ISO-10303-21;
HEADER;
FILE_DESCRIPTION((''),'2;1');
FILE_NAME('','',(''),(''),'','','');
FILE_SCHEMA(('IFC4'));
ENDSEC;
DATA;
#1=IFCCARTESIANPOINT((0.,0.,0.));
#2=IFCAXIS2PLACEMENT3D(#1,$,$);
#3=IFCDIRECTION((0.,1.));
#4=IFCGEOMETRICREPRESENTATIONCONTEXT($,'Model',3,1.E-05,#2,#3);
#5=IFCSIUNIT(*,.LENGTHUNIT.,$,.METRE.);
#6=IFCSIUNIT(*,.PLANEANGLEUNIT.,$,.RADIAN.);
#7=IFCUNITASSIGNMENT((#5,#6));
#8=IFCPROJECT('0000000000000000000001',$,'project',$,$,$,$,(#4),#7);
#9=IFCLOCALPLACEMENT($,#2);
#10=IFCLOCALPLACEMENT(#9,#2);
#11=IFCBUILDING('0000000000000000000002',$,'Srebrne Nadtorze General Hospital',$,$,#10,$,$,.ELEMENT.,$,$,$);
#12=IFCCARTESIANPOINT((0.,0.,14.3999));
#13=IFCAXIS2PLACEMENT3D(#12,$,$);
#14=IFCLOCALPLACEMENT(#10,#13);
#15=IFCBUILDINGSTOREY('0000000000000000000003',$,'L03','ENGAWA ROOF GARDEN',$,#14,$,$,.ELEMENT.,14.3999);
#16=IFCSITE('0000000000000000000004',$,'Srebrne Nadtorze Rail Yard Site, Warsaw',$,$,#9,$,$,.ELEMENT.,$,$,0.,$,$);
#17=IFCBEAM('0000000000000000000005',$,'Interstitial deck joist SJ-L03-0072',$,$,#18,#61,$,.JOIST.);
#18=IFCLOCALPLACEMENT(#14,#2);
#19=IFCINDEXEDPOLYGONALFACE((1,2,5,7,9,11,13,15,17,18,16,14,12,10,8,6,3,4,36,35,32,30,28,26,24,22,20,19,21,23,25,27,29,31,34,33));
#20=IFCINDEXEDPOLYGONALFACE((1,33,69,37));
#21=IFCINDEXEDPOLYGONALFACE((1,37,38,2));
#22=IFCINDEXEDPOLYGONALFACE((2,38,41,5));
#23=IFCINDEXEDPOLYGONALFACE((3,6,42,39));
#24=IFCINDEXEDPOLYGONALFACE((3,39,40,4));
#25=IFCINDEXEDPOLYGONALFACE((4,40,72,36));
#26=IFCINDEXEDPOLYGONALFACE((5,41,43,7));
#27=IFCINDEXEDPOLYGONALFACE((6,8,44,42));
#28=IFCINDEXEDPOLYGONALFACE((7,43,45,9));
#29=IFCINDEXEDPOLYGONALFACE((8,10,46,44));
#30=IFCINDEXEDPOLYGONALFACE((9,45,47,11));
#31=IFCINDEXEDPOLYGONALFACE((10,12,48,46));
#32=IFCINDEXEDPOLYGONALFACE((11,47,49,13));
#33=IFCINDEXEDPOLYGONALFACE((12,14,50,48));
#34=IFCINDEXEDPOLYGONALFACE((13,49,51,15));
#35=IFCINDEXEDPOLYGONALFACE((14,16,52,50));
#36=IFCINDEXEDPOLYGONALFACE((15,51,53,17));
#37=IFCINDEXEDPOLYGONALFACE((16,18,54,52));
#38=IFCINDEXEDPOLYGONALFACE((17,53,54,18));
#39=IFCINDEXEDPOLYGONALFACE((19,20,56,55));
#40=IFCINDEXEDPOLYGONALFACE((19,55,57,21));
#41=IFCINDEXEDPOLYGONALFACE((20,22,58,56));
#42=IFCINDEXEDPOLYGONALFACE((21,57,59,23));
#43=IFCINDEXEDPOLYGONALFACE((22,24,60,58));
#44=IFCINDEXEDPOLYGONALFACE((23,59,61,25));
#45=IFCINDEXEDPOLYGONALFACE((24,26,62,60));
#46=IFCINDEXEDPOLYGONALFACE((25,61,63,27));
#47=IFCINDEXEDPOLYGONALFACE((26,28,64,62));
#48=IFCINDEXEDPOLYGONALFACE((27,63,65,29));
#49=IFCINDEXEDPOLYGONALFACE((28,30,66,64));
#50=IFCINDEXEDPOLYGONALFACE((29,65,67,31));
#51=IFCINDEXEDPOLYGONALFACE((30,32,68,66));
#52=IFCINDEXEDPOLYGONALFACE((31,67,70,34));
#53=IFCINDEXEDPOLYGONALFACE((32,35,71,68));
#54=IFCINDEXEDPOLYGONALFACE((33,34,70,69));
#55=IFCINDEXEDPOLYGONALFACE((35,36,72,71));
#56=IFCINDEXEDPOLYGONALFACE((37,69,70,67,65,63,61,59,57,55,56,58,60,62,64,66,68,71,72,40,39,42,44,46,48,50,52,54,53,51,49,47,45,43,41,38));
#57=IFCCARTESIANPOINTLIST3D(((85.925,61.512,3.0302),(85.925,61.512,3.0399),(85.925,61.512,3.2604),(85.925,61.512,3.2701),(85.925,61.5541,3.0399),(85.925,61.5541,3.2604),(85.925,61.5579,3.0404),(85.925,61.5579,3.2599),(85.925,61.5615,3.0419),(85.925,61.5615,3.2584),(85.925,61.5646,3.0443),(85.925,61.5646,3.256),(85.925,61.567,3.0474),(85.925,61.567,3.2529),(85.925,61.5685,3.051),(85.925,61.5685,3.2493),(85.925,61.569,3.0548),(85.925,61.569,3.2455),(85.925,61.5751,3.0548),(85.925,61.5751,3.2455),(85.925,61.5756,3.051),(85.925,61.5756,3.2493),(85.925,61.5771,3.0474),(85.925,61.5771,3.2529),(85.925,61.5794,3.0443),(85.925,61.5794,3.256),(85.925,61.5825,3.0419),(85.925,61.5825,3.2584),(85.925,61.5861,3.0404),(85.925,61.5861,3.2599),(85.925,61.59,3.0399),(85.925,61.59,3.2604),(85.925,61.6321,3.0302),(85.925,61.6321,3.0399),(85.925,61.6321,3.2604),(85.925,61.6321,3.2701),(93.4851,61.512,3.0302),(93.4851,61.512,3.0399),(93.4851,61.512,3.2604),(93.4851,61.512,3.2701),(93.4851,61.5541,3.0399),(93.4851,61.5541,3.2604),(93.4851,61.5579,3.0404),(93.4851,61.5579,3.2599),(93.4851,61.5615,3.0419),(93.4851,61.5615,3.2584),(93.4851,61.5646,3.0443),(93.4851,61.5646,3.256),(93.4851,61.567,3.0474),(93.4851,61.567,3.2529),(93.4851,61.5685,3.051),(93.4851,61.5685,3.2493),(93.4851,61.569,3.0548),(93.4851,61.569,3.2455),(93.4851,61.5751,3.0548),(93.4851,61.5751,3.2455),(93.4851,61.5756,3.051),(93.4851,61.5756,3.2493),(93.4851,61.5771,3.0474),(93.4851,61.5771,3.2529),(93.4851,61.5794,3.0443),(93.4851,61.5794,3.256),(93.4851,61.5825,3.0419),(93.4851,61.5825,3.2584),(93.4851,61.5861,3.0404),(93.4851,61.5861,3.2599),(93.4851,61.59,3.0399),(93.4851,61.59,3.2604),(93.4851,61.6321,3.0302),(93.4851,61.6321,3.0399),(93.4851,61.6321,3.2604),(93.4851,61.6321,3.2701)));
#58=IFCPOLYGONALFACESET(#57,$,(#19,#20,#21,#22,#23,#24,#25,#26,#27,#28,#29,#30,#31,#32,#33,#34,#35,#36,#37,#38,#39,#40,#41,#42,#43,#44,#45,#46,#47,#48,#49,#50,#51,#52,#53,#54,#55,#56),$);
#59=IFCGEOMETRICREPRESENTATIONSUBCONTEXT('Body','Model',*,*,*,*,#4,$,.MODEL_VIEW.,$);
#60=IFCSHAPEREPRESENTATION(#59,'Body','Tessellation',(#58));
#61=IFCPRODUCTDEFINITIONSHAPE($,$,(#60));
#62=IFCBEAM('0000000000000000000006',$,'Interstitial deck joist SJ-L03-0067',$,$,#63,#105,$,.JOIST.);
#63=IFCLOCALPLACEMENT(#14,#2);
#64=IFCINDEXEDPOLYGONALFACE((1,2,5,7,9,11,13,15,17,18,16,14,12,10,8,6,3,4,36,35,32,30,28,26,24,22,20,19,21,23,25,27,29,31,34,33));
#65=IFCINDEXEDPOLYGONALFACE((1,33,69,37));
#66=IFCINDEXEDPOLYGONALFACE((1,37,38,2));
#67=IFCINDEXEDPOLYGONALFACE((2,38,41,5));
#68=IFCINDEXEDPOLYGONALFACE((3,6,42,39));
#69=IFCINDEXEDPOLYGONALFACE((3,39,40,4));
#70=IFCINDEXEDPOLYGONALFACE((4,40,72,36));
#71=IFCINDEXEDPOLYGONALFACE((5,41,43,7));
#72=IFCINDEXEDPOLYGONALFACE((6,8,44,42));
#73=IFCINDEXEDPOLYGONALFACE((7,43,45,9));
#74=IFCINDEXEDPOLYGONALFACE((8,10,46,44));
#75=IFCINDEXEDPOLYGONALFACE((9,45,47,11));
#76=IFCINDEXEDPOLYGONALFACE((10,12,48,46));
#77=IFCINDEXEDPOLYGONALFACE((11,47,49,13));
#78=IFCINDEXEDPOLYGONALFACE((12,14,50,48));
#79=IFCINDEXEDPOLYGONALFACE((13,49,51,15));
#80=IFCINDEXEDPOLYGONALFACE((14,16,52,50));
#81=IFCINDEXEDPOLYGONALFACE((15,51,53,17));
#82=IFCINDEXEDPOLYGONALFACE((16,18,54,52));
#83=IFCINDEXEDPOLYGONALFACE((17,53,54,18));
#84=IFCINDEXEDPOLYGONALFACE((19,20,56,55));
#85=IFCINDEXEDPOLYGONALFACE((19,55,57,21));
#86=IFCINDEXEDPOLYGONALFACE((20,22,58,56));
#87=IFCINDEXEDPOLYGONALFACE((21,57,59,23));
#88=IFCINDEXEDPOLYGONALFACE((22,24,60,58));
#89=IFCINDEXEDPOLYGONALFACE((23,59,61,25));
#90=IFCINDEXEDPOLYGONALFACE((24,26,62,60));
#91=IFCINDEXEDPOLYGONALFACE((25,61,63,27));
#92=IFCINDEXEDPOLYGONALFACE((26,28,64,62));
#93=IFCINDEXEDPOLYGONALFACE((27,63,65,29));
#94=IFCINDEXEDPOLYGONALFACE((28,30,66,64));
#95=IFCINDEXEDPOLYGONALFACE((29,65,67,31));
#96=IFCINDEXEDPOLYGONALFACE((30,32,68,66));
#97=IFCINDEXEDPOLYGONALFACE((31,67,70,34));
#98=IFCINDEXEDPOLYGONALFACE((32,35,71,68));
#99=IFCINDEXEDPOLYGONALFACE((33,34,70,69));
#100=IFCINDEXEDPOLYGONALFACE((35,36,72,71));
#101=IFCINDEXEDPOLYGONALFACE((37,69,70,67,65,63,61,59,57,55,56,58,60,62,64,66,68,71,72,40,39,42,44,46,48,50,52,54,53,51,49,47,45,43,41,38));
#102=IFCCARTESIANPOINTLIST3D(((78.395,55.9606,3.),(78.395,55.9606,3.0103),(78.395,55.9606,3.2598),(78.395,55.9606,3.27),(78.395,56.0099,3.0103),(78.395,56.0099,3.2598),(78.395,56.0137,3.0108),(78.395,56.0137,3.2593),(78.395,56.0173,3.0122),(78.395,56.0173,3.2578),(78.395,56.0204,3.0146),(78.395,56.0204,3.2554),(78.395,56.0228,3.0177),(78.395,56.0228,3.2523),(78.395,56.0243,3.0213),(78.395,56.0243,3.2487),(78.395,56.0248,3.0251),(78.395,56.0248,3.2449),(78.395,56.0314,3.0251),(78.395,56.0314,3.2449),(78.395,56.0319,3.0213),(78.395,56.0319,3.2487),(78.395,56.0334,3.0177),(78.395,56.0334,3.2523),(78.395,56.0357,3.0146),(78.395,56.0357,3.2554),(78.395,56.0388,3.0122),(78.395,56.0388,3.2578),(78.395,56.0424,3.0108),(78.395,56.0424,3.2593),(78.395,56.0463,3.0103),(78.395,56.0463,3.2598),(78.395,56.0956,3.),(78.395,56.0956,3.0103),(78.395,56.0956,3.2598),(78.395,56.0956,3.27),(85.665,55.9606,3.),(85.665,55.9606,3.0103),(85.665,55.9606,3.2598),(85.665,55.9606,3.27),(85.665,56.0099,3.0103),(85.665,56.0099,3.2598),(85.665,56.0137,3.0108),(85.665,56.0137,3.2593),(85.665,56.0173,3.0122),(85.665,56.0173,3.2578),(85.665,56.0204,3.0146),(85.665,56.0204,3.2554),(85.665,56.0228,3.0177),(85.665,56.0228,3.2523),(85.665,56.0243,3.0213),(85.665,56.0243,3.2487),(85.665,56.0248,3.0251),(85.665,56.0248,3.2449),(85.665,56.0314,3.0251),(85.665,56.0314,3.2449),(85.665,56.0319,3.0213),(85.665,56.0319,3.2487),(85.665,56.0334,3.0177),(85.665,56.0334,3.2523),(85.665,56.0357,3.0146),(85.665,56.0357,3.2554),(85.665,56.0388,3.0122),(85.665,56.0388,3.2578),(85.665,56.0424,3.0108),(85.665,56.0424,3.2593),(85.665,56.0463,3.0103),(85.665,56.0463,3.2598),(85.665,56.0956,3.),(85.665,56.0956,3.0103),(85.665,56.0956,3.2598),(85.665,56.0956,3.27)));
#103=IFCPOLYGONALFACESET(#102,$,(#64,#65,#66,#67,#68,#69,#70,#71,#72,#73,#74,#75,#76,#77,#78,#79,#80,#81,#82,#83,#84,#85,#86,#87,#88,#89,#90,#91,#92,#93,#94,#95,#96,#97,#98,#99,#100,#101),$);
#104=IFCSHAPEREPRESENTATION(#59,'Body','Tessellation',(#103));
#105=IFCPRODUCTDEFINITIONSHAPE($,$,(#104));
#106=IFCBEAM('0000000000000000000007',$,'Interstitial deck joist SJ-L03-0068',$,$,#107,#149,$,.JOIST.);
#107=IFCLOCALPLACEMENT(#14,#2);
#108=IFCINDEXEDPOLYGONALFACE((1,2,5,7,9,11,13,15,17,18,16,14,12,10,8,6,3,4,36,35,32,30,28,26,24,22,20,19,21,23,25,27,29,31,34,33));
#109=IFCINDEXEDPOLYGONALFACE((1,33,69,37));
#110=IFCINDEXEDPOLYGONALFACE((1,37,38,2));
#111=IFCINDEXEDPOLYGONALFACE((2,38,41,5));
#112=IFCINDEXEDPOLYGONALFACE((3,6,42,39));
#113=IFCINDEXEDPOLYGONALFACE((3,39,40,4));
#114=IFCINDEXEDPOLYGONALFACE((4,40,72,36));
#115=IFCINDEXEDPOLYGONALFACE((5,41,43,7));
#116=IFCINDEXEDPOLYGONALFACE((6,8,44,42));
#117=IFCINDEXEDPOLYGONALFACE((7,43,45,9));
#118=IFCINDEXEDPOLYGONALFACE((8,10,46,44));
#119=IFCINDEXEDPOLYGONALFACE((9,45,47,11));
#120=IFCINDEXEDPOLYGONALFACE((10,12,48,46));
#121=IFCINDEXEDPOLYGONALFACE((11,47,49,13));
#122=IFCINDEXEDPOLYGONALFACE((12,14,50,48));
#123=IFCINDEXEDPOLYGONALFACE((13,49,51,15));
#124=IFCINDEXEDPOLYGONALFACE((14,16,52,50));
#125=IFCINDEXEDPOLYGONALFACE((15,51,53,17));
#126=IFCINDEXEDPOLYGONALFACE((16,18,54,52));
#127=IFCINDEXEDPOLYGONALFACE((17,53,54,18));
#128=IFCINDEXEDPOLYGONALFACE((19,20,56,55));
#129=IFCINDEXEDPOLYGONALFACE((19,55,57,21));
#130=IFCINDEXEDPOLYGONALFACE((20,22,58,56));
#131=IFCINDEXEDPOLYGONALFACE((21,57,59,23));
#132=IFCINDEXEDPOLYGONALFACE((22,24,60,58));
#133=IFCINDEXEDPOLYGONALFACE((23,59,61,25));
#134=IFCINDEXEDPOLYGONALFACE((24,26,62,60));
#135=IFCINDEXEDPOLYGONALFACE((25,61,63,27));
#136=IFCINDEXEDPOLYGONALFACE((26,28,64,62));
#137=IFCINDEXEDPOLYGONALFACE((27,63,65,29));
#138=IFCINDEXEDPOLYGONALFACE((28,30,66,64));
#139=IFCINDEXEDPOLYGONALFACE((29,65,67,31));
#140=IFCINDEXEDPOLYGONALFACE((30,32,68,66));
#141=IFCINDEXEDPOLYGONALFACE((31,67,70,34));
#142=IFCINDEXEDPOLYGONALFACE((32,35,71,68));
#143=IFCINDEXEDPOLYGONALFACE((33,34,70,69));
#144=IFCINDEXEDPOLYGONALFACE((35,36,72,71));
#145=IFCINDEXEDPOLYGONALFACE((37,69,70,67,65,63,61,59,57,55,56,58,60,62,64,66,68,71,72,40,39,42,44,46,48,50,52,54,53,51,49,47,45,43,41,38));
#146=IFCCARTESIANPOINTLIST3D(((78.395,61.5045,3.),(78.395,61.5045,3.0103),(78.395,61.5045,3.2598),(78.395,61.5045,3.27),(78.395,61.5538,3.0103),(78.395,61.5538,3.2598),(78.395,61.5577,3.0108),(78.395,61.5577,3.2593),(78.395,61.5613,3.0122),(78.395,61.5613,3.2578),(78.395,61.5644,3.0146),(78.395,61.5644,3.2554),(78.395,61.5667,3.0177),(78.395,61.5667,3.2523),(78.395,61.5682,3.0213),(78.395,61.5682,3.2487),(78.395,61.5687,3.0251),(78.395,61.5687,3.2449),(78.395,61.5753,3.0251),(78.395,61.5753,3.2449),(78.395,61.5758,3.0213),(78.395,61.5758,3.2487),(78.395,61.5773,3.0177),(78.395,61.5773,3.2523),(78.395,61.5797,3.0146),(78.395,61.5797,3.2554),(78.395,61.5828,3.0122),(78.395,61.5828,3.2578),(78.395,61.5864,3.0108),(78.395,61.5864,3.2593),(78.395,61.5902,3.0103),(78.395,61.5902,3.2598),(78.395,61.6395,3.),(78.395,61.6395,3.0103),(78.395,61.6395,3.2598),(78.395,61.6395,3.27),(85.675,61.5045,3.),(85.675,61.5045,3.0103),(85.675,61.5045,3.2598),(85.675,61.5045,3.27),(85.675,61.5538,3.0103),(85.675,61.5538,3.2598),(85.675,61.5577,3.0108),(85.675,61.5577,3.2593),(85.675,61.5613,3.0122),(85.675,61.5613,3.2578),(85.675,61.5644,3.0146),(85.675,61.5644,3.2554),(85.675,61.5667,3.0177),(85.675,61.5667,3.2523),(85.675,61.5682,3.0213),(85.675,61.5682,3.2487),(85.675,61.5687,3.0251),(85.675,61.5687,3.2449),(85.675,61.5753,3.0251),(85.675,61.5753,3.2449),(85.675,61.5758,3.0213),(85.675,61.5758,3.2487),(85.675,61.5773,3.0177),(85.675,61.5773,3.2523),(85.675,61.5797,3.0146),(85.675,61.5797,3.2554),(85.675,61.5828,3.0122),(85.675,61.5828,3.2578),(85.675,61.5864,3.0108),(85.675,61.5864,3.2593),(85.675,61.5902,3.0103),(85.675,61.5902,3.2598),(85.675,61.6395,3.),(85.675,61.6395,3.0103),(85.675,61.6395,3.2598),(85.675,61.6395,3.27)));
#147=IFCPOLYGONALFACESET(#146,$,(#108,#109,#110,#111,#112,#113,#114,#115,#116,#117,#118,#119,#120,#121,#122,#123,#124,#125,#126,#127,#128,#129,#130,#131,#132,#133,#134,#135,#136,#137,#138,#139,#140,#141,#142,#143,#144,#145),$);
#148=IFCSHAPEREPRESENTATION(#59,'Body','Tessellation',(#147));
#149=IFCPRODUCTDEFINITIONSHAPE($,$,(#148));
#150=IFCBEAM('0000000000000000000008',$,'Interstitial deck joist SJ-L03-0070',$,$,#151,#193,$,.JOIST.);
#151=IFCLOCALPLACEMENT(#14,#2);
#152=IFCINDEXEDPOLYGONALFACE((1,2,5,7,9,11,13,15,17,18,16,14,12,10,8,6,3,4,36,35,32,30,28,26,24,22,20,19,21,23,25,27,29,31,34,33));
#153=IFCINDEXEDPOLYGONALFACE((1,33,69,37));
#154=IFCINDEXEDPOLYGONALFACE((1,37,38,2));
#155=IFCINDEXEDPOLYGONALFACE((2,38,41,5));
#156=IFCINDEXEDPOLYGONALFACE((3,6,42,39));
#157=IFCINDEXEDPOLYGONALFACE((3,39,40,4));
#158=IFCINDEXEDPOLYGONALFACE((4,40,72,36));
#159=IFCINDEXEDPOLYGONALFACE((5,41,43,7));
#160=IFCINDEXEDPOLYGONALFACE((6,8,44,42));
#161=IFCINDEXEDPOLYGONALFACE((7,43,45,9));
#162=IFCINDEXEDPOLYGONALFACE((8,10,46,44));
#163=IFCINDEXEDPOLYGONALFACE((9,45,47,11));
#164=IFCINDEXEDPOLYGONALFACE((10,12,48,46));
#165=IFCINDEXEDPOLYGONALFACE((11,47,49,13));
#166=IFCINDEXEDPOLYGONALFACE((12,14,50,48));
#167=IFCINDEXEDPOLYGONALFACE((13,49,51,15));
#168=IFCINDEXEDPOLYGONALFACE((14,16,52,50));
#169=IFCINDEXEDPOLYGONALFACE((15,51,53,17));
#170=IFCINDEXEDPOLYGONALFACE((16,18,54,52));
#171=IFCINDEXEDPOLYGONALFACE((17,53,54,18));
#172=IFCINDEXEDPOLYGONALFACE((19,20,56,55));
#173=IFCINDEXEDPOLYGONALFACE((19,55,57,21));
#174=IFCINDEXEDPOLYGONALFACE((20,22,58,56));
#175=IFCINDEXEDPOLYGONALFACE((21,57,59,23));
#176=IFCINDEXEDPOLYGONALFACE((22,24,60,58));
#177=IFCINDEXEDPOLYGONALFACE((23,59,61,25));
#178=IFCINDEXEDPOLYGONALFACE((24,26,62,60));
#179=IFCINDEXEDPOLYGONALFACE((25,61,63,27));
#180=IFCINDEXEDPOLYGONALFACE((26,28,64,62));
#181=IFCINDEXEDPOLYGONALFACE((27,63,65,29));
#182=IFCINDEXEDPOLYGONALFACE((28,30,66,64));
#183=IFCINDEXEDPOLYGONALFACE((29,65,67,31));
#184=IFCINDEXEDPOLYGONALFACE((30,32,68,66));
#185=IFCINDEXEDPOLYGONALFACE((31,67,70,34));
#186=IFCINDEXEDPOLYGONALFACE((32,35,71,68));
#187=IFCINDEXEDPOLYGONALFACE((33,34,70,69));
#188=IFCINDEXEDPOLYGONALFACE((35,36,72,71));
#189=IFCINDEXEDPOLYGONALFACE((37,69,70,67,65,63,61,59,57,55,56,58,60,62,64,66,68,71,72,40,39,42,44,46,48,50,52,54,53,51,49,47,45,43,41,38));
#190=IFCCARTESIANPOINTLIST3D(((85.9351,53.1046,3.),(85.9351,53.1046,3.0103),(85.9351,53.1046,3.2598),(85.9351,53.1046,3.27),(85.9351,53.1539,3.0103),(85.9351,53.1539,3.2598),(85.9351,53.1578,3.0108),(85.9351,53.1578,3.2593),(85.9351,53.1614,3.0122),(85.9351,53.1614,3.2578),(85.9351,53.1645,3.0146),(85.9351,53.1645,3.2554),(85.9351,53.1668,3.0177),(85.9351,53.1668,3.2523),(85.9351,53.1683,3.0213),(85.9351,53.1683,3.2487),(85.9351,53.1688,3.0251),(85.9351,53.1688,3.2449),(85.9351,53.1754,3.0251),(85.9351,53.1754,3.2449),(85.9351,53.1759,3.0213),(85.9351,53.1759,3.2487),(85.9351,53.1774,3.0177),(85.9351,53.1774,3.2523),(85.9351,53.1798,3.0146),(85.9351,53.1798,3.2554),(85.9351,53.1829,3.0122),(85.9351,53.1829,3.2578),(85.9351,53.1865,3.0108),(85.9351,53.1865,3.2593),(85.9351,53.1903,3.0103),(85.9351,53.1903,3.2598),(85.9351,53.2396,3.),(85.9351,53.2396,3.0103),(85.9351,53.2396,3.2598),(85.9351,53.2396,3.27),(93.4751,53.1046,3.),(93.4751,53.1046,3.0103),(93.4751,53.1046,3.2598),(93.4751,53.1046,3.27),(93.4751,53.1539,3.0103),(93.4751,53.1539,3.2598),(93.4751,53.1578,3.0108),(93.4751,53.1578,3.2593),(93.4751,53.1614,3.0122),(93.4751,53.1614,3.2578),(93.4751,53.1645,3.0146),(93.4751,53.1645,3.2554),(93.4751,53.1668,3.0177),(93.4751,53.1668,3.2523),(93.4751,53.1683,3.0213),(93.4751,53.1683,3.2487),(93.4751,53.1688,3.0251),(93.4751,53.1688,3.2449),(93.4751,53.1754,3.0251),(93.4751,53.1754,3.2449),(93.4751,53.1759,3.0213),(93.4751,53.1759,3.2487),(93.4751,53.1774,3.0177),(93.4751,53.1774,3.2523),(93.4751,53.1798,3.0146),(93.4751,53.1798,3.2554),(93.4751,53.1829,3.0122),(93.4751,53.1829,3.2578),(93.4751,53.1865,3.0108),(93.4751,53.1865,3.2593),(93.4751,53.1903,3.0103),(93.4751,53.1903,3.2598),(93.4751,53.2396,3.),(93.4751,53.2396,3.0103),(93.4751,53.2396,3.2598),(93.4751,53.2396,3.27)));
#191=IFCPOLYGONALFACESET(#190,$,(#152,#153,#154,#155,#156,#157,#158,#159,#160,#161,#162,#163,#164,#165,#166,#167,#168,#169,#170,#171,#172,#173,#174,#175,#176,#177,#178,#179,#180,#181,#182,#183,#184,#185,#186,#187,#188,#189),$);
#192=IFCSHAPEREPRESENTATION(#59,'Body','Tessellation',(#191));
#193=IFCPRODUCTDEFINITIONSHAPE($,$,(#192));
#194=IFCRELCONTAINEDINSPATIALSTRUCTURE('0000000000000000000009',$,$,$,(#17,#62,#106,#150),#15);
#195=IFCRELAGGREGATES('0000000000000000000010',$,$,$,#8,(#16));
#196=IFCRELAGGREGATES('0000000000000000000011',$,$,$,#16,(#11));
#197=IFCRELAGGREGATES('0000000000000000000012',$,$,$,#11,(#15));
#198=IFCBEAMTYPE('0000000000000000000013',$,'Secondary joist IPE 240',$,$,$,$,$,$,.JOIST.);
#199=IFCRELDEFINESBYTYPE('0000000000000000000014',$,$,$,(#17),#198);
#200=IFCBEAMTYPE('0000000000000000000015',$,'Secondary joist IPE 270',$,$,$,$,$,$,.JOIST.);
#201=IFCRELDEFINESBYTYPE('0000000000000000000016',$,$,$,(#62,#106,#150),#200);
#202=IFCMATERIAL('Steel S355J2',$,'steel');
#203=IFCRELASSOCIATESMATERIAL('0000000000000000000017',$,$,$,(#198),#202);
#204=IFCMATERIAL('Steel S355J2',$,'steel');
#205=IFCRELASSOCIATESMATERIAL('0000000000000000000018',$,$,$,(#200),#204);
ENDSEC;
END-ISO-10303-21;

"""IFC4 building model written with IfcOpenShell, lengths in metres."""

from ifc_helpers import new_model, si_unit, direction, frame, origin, origin_2d, place, context, subcontext, project, spatial, i_section, extrude, material, material_profile, profile_set, type_object, element, save


model = new_model("IFC4")

# Units and contexts
model_context = context("Model", 3, precision=1e-05, world=origin(), true_north=direction((0.0, 1.0)))
body_context = subcontext(model_context, "Body", "Model", "MODEL_VIEW")
ifc_project = project(units=[si_unit("LENGTHUNIT", "METRE"), si_unit("PLANEANGLEUNIT", "RADIAN")], contexts=[model_context])

# Site, building, storey
site_placement = place(None, origin())
site = spatial("IfcSite", under=ifc_project, at=site_placement, Name="Srebrne Nadtorze Rail Yard Site, Warsaw", CompositionType="ELEMENT", RefElevation=0.0)
building_placement = place(site_placement, origin())
building = spatial("IfcBuilding", under=site, at=building_placement, Name="Srebrne Nadtorze General Hospital", CompositionType="ELEMENT")
storey_placement = place(building_placement, frame((0.0, 0.0, 14.3999)))
storey = spatial("IfcBuildingStorey", under=building, at=storey_placement, Name="L03", Description="ENGAWA ROOF GARDEN", CompositionType="ELEMENT", Elevation=14.3999)

# Beams
ifc_material_1 = material(Name="Steel S355J2", Category="steel")
ifc_material_profile_1 = material_profile(ifc_material_1, i_section(OverallWidth=0.1201, OverallDepth=0.24, WebThickness=0.0061, FlangeThickness=0.0098, FilletRadius=0.0149, at=origin_2d()), Name="IPE-240")
ifc_profile_set_1 = profile_set([ifc_material_profile_1], Name="Steel S355J2")
beam_type_1 = type_object("IfcBeamType", Name="Secondary joist IPE 240", PredefinedType="JOIST", material=ifc_profile_set_1)
beam_1_placement = place(storey_placement, frame((85.925, 61.572, 3.1501), z_axis=(1.0, 0.0, 0.0), x_axis=(0.0, 1.0, 0.0)))
element("IfcBeam", 1, at=beam_1_placement, inside=storey, type_object=beam_type_1, Name="Interstitial deck joist SJ-L03-0072", PredefinedType="JOIST", context=body_context, shape_type="SweptSolid", body=[
    extrude(i_section(OverallWidth=0.1201, OverallDepth=0.24, WebThickness=0.0061, FlangeThickness=0.0098, FilletRadius=0.0149, at=origin_2d()), origin(), (0.0, 0.0, 1.0), 7.5601),
])
ifc_material_2 = material(Name="Steel S355J2", Category="steel")
ifc_material_profile_2 = material_profile(ifc_material_2, i_section(OverallWidth=0.135, OverallDepth=0.27, WebThickness=0.0066, FlangeThickness=0.0103, FilletRadius=0.0149, at=origin_2d()), Name="IPE-270")
ifc_profile_set_2 = profile_set([ifc_material_profile_2], Name="Steel S355J2")
beam_type_2 = type_object("IfcBeamType", Name="Secondary joist IPE 270", PredefinedType="JOIST", material=ifc_profile_set_2)
beam_2_placement = place(storey_placement, frame((78.395, 56.0281, 3.135), z_axis=(1.0, 0.0, 0.0), x_axis=(0.0, 1.0, 0.0)))
element("IfcBeam", 2, at=beam_2_placement, inside=storey, type_object=beam_type_2, Name="Interstitial deck joist SJ-L03-0067", PredefinedType="JOIST", context=body_context, shape_type="SweptSolid", body=[
    extrude(i_section(OverallWidth=0.135, OverallDepth=0.27, WebThickness=0.0066, FlangeThickness=0.0103, FilletRadius=0.0149, at=origin_2d()), origin(), (0.0, 0.0, 1.0), 7.27),
])
beam_3_placement = place(storey_placement, frame((78.395, 61.572, 3.135), z_axis=(1.0, 0.0, 0.0), x_axis=(0.0, 1.0, 0.0)))
element("IfcBeam", 3, at=beam_3_placement, inside=storey, type_object=beam_type_2, Name="Interstitial deck joist SJ-L03-0068", PredefinedType="JOIST", context=body_context, shape_type="SweptSolid", body=[
    extrude(i_section(OverallWidth=0.135, OverallDepth=0.27, WebThickness=0.0066, FlangeThickness=0.0103, FilletRadius=0.0149, at=origin_2d()), origin(), (0.0, 0.0, 1.0), 7.28),
])
beam_4_placement = place(storey_placement, frame((85.9351, 53.1721, 3.135), z_axis=(1.0, 0.0, 0.0), x_axis=(0.0, 1.0, 0.0)))
element("IfcBeam", 4, at=beam_4_placement, inside=storey, type_object=beam_type_2, Name="Interstitial deck joist SJ-L03-0070", PredefinedType="JOIST", context=body_context, shape_type="SweptSolid", body=[
    extrude(i_section(OverallWidth=0.135, OverallDepth=0.27, WebThickness=0.0066, FlangeThickness=0.0103, FilletRadius=0.0149, at=origin_2d()), origin(), (0.0, 0.0, 1.0), 7.54),
])

save(model, "model.ifc")
